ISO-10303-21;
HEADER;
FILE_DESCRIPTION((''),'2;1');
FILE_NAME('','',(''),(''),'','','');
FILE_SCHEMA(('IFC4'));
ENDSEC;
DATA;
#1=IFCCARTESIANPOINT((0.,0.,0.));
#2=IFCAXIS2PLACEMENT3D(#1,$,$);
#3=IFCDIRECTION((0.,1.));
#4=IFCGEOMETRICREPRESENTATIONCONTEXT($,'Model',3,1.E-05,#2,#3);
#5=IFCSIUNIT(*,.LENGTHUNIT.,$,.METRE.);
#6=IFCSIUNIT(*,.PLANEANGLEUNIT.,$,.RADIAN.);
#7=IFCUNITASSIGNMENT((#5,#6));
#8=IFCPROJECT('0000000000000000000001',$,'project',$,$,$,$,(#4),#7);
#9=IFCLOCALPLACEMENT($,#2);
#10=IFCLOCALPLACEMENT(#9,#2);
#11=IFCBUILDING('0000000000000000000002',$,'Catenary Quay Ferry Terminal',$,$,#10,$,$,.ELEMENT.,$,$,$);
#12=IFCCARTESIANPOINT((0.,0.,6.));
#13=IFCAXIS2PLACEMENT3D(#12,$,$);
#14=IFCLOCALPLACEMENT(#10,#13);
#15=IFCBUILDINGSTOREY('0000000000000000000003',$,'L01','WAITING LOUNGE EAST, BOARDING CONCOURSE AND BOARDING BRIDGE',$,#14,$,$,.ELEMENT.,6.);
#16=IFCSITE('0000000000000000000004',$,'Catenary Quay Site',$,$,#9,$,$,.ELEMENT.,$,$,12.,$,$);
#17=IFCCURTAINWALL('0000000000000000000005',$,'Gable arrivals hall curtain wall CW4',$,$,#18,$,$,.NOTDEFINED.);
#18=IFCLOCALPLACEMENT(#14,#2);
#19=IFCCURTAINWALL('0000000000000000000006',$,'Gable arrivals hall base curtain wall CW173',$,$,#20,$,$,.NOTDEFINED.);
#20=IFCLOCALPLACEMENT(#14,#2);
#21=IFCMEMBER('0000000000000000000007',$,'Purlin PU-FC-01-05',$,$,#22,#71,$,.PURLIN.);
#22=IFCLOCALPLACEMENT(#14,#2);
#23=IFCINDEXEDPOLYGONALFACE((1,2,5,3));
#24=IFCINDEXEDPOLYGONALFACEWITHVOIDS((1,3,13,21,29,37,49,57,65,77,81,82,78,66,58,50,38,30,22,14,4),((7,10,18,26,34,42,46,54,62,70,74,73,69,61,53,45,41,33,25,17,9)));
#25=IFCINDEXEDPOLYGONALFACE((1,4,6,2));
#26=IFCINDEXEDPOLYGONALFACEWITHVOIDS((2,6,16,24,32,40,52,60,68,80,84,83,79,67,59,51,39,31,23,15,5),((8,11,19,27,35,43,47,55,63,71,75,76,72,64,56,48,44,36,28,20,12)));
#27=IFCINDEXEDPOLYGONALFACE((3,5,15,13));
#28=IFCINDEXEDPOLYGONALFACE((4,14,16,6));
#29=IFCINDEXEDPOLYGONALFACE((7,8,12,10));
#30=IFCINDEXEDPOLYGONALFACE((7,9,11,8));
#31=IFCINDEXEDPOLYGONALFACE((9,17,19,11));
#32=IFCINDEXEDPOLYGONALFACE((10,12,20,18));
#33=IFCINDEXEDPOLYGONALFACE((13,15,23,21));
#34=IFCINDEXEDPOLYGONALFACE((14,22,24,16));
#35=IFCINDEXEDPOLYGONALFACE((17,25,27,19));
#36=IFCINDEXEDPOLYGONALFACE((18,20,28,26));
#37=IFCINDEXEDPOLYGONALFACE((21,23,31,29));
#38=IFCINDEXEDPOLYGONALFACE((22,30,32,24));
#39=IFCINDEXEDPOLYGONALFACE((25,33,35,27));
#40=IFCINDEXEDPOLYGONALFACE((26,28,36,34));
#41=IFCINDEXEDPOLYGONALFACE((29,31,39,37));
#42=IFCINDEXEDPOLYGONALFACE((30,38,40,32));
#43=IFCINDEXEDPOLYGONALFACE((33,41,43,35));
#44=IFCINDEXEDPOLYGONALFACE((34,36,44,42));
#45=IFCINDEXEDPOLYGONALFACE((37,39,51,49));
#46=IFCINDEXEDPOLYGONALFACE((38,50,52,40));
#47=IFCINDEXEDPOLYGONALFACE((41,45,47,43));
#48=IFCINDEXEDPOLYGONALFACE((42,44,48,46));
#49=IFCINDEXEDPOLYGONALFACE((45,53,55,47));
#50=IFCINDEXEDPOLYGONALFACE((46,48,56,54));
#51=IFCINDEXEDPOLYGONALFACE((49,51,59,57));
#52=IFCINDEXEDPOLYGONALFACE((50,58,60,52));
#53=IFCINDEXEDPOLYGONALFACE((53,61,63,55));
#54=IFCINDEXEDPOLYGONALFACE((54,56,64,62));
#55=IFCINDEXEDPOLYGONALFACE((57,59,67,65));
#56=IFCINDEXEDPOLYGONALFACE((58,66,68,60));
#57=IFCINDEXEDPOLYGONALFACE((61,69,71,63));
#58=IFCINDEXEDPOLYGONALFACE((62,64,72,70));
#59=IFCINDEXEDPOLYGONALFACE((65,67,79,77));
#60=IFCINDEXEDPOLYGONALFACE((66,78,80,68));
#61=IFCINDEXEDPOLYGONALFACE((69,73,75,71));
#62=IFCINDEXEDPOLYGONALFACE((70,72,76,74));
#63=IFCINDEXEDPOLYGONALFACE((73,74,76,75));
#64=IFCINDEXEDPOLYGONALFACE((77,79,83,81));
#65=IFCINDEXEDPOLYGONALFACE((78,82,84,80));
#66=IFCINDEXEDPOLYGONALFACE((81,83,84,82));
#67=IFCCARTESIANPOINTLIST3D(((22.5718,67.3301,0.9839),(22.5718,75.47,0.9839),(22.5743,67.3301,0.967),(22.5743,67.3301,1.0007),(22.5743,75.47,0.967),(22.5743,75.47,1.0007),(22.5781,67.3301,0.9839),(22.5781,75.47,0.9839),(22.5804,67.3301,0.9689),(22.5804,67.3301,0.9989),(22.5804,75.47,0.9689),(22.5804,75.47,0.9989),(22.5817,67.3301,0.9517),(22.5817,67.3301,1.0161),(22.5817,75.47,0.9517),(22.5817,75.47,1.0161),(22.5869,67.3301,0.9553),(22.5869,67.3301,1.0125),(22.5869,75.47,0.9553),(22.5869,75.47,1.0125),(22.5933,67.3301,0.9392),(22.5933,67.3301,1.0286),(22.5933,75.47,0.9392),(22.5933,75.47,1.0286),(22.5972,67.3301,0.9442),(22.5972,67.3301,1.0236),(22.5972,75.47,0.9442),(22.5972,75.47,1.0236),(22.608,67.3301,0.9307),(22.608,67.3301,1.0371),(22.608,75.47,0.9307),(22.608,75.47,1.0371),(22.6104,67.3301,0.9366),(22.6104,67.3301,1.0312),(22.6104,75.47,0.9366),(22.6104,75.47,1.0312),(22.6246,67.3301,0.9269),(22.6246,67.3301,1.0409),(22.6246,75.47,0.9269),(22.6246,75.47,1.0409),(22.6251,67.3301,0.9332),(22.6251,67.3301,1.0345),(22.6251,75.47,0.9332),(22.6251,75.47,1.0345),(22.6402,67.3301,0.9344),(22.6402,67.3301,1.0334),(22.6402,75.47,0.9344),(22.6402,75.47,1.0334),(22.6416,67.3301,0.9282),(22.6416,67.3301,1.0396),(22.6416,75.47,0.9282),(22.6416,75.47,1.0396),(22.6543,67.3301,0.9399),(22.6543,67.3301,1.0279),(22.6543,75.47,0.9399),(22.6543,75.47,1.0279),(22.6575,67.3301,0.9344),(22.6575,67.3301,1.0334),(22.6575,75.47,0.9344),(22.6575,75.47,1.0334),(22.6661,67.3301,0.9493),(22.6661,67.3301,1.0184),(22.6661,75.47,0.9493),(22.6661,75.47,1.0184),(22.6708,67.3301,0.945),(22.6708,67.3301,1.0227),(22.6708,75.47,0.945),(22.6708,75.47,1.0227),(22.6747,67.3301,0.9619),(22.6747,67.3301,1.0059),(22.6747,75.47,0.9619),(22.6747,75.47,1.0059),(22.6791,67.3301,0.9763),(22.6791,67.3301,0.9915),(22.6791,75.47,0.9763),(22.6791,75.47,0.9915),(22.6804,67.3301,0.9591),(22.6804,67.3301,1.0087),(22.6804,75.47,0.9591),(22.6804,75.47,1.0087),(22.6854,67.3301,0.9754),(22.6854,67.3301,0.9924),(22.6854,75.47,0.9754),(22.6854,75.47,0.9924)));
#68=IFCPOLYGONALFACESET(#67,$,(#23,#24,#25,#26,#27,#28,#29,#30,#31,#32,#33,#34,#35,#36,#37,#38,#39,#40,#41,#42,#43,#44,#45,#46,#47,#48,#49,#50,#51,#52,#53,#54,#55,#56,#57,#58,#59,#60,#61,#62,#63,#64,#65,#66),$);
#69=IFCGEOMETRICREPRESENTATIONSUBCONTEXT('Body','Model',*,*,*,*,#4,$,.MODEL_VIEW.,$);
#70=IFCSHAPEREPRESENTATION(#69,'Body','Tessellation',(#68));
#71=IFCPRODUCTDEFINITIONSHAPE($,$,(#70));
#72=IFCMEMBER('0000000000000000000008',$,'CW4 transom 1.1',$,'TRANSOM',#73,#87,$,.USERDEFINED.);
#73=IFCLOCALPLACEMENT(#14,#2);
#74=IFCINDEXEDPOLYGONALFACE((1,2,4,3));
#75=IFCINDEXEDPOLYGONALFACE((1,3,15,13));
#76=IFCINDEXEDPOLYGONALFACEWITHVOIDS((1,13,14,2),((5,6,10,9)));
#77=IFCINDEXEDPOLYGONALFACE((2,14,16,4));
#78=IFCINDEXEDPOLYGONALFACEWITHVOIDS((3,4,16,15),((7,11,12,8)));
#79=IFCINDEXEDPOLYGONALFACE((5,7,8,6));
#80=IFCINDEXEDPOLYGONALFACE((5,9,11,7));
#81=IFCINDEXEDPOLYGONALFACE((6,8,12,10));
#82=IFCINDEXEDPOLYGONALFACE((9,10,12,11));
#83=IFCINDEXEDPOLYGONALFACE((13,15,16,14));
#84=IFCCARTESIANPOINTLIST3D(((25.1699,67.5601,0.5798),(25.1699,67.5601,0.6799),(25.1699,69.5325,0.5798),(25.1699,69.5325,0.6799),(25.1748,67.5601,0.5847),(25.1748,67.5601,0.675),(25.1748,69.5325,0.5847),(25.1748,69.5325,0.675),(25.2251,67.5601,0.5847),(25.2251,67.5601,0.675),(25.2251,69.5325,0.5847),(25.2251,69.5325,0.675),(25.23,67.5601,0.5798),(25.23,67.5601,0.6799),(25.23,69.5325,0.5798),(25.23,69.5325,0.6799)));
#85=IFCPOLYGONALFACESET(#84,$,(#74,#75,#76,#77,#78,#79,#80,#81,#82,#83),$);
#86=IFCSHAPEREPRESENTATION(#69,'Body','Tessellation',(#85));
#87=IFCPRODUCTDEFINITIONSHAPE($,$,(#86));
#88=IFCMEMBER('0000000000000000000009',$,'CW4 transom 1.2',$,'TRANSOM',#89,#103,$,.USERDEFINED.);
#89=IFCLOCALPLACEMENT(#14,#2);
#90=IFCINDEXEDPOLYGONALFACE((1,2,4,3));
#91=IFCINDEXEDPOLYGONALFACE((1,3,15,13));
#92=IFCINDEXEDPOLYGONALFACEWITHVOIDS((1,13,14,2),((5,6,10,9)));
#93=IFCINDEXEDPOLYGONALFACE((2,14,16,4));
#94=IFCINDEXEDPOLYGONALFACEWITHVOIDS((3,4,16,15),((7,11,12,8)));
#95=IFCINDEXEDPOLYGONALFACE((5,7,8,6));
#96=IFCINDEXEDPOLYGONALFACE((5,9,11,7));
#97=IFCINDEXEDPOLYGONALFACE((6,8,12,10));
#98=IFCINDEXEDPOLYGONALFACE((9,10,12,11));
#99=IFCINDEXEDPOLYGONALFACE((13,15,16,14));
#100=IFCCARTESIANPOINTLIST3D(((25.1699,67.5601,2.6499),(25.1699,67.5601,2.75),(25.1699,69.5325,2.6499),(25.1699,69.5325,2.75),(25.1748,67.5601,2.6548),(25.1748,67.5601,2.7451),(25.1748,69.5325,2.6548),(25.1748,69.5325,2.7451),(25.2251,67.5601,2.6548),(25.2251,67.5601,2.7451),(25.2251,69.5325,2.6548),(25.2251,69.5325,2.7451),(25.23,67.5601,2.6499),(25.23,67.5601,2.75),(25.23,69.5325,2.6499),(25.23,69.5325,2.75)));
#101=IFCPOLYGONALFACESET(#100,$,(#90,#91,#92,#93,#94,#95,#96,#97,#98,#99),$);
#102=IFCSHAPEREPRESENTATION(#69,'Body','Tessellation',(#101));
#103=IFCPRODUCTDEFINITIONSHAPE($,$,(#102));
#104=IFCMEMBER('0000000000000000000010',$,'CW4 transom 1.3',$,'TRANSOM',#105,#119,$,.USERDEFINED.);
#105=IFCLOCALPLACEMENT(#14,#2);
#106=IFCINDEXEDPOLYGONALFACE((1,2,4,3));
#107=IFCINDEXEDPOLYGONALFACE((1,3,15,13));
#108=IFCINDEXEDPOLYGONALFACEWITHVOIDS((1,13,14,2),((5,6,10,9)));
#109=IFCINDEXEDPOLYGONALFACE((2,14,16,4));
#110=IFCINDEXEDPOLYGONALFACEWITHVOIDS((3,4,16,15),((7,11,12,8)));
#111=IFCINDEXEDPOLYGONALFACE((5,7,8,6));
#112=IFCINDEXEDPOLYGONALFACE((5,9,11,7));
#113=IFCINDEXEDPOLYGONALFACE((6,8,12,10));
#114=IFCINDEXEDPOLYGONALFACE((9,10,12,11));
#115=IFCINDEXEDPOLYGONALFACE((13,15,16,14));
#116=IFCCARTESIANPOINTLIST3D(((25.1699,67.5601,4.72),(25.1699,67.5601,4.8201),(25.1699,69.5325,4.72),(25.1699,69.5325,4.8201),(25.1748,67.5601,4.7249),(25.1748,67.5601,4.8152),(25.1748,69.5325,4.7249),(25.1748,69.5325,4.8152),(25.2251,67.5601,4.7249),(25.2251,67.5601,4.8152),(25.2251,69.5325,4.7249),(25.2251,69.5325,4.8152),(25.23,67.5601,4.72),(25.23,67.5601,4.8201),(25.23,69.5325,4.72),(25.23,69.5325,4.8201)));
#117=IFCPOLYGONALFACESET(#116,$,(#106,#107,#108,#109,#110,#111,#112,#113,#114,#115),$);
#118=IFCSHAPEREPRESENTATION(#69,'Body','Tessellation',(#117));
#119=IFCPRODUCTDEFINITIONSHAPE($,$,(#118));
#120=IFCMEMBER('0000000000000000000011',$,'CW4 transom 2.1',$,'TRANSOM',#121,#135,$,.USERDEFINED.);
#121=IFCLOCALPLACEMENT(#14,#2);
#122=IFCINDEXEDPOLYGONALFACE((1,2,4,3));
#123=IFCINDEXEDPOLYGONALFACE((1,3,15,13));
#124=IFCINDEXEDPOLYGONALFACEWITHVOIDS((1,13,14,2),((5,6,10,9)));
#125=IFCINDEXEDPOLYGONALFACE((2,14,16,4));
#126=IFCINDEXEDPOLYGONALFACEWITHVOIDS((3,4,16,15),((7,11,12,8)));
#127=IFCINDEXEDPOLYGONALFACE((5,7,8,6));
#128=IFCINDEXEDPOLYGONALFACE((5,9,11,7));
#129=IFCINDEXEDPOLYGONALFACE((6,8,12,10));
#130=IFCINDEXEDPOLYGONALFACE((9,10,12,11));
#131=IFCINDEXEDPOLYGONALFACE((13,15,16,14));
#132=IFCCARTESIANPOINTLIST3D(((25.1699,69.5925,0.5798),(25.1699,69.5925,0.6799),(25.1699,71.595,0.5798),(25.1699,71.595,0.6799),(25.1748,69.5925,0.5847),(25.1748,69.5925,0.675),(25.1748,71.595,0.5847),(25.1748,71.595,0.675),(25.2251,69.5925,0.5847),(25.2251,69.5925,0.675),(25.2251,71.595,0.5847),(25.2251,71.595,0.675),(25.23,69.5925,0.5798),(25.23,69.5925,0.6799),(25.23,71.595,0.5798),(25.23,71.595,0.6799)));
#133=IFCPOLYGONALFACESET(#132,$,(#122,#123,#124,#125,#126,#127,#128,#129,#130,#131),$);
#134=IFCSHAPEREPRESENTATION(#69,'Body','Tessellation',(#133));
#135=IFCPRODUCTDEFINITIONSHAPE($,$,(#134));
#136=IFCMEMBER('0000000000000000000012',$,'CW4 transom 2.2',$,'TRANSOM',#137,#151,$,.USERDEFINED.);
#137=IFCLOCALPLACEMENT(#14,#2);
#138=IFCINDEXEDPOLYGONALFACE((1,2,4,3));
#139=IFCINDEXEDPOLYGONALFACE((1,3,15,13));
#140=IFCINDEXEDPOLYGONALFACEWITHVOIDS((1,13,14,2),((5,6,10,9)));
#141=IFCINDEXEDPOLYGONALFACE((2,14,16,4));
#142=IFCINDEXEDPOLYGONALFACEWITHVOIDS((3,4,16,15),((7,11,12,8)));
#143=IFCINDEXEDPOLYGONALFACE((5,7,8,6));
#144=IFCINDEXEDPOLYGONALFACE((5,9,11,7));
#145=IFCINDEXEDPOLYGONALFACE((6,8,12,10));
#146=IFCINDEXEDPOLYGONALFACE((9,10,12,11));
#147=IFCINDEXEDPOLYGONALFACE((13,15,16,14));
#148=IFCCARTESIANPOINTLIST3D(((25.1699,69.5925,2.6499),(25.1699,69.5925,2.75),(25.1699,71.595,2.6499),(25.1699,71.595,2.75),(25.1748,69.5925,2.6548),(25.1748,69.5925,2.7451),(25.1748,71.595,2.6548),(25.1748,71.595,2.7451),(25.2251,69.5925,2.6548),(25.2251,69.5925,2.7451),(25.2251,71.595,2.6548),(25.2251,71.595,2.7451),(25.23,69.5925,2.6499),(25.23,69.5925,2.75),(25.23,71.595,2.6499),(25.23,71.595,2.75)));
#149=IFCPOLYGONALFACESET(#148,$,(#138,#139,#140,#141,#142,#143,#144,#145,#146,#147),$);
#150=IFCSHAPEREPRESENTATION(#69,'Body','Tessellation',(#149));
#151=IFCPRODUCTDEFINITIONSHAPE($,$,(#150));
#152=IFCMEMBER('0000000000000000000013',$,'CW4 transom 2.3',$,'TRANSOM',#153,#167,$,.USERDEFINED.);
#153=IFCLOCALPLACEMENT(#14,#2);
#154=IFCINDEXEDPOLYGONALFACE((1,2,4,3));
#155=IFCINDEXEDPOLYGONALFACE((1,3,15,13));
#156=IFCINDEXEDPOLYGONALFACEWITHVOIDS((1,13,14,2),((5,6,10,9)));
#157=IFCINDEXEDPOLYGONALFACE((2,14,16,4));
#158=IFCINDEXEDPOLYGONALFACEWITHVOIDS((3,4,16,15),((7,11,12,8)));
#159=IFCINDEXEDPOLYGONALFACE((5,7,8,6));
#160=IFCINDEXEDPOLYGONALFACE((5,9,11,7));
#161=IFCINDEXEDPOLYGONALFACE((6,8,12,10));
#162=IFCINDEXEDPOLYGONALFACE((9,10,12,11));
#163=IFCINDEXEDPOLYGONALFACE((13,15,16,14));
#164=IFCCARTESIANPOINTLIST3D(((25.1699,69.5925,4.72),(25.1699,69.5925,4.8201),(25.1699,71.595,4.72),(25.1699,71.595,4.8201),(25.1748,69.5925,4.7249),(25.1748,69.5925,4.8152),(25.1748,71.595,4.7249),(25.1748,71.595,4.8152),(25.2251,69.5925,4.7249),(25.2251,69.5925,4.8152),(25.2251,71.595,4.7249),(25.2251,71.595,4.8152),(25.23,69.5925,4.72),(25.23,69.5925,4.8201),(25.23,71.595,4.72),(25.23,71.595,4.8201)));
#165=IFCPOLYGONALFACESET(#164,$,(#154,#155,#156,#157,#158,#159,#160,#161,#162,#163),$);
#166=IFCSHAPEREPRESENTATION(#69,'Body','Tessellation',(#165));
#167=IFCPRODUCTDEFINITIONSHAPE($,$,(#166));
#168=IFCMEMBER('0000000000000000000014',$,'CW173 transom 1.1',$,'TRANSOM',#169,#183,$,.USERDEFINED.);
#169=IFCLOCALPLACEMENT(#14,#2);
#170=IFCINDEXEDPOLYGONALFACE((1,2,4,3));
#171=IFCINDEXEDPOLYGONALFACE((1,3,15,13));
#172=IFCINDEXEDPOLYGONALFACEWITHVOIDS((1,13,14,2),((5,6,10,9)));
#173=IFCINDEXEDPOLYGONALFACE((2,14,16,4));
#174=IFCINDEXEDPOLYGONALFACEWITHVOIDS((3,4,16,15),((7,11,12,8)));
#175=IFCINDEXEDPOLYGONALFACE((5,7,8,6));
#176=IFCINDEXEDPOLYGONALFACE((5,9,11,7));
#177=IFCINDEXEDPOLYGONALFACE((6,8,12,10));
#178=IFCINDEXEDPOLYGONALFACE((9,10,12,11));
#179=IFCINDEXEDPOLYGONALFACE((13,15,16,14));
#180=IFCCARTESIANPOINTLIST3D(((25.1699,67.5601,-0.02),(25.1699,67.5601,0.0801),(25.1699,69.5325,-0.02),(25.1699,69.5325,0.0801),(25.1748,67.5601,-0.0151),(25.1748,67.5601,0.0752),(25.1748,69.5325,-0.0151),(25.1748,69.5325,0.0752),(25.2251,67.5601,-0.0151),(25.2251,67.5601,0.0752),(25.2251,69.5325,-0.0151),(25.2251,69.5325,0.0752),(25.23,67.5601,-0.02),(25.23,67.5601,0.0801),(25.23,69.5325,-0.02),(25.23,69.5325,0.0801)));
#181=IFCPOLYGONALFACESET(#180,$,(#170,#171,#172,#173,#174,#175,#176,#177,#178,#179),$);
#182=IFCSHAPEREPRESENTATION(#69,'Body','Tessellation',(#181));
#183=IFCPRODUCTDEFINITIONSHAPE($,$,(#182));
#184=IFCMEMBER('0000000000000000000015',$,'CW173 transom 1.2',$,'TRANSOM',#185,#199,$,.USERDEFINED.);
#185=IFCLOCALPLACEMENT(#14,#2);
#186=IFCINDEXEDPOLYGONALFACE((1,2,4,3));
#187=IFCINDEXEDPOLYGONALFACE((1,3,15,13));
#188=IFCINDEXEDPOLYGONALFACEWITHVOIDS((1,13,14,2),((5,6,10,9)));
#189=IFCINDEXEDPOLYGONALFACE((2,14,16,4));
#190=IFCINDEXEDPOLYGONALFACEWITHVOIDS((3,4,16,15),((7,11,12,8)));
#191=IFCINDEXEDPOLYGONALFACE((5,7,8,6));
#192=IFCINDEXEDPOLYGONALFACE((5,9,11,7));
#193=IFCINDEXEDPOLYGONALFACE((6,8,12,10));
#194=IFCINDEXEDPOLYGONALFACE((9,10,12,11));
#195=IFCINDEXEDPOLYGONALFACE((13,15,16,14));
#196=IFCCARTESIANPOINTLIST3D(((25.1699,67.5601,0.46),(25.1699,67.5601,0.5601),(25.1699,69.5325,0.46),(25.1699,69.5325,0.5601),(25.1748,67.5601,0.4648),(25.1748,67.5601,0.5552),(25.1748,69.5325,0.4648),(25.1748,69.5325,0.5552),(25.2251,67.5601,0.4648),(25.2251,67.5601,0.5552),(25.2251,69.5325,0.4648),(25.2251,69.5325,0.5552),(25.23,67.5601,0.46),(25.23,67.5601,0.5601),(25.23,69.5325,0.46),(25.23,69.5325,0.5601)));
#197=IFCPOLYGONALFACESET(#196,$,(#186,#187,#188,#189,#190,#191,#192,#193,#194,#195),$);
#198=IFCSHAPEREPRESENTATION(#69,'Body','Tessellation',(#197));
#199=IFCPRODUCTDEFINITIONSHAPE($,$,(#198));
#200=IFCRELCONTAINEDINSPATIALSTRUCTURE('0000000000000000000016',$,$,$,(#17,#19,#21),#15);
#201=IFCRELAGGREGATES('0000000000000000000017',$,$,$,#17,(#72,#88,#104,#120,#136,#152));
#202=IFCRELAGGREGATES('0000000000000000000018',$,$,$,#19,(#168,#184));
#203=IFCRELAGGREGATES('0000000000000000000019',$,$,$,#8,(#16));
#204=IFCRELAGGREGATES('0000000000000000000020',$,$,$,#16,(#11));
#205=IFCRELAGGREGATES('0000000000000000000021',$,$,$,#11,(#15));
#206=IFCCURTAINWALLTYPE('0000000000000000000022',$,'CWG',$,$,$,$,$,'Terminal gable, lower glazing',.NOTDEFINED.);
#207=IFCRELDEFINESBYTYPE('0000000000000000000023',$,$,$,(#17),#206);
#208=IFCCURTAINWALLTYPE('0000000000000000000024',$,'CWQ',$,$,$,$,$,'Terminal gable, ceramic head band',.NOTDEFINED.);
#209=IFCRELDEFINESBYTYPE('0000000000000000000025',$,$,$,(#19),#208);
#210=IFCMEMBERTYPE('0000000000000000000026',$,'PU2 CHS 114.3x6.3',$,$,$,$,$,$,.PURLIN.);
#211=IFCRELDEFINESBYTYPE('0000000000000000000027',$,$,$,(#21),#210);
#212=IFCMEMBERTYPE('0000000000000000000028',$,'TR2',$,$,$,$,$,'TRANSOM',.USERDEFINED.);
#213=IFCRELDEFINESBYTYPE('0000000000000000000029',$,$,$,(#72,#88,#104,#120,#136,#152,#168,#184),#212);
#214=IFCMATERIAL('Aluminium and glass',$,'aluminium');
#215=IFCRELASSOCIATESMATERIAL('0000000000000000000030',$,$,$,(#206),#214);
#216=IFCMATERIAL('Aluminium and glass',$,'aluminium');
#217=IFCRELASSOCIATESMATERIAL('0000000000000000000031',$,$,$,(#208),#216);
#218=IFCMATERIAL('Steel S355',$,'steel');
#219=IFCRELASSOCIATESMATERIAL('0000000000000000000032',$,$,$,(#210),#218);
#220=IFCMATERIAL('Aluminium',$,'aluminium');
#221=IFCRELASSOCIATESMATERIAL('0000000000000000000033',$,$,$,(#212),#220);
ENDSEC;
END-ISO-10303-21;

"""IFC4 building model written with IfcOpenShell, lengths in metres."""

from ifc_helpers import new_model, si_unit, direction, frame, origin, origin_2d, place, context, subcontext, project, spatial, hollow_rectangle, hollow_circle, extrude, material, material_profile, profile_set, type_object, element, aggregate, save


model = new_model("IFC4")

# Units and contexts
model_context = context("Model", 3, precision=1e-05, world=origin(), true_north=direction((0.0, 1.0)))
body_context = subcontext(model_context, "Body", "Model", "MODEL_VIEW")
ifc_project = project(units=[si_unit("LENGTHUNIT", "METRE"), si_unit("PLANEANGLEUNIT", "RADIAN")], contexts=[model_context])

# Site, building, storey
site_placement = place(None, origin())
site = spatial("IfcSite", under=ifc_project, at=site_placement, Name="Catenary Quay Site", CompositionType="ELEMENT", RefElevation=12.0)
building_placement = place(site_placement, origin())
building = spatial("IfcBuilding", under=site, at=building_placement, Name="Catenary Quay Ferry Terminal", CompositionType="ELEMENT")
storey_placement = place(building_placement, frame((0.0, 0.0, 6.0)))
storey = spatial("IfcBuildingStorey", under=building, at=storey_placement, Name="L01", Description="WAITING LOUNGE EAST, BOARDING CONCOURSE AND BOARDING BRIDGE", CompositionType="ELEMENT", Elevation=6.0)

# Curtain walls
ifc_material_1 = material(Name="Aluminium and glass", Category="aluminium")
curtain_wall_type_1 = type_object("IfcCurtainWallType", Name="CWG", ElementType="Terminal gable, lower glazing", PredefinedType="NOTDEFINED", material=ifc_material_1)
curtain_wall_1_placement = place(storey_placement, origin())
curtain_wall_1 = element("IfcCurtainWall", 1, at=curtain_wall_1_placement, inside=storey, type_object=curtain_wall_type_1, Name="Gable arrivals hall curtain wall CW4", PredefinedType="NOTDEFINED")
ifc_material_2 = material(Name="Aluminium and glass", Category="aluminium")
curtain_wall_type_2 = type_object("IfcCurtainWallType", Name="CWQ", ElementType="Terminal gable, ceramic head band", PredefinedType="NOTDEFINED", material=ifc_material_2)
curtain_wall_2_placement = place(storey_placement, origin())
curtain_wall_2 = element("IfcCurtainWall", 2, at=curtain_wall_2_placement, inside=storey, type_object=curtain_wall_type_2, Name="Gable arrivals hall base curtain wall CW173", PredefinedType="NOTDEFINED")

# Member
ifc_material_3 = material(Name="Steel S355", Category="steel")
ifc_material_profile_1 = material_profile(ifc_material_3, hollow_circle(Radius=0.0571, WallThickness=0.0063, at=origin_2d()), Name="CHS 114.3x6.3")
ifc_profile_set_1 = profile_set([ifc_material_profile_1], Name="Steel S355")
member_type_1 = type_object("IfcMemberType", Name="PU2 CHS 114.3x6.3", PredefinedType="PURLIN", material=ifc_profile_set_1)
for number, where, z_axis, x_axis, name in (
    (3, (22.6289, 67.3301, 0.9839), (0.0, 1.0, 0.0), (-1.0, 0.0, 0.0), "Purlin PU-FC-01-05"),
):
    element("IfcMember", number, at=place(storey_placement, frame(where, z_axis=z_axis, x_axis=x_axis)), inside=storey, type_object=member_type_1, Name=name, PredefinedType="PURLIN", context=body_context, shape_type="SweptSolid", body=[
        extrude(hollow_circle(Radius=0.0571, WallThickness=0.0063, at=origin_2d()), origin(), (0.0, 0.0, 1.0), 8.1399),
    ])

# Members
ifc_material_4 = material(Name="Aluminium", Category="aluminium")
ifc_material_profile_2 = material_profile(ifc_material_4, hollow_rectangle(XDim=0.0601, YDim=0.1001, WallThickness=0.0049, at=origin_2d()), Name="TR2")
ifc_profile_set_2 = profile_set([ifc_material_profile_2], Name="Aluminium")
member_type_2 = type_object("IfcMemberType", Name="TR2", ElementType="TRANSOM", PredefinedType="USERDEFINED", material=ifc_profile_set_2)
member_1_placement = place(storey_placement, frame((25.2, 67.5601, 0.6299), z_axis=(0.0, 1.0, 0.0), x_axis=(-1.0, 0.0, 0.0)))
member_1 = element("IfcMember", 4, at=member_1_placement, type_object=member_type_2, Name="CW4 transom 1.1", ObjectType="TRANSOM", PredefinedType="USERDEFINED", context=body_context, shape_type="SweptSolid", body=[
    extrude(hollow_rectangle(XDim=0.0601, YDim=0.1001, WallThickness=0.0049, at=origin_2d()), origin(), (0.0, 0.0, 1.0), 1.9724),
])
member_2_placement = place(storey_placement, frame((25.2, 67.5601, 2.7), z_axis=(0.0, 1.0, 0.0), x_axis=(-1.0, 0.0, 0.0)))
member_2 = element("IfcMember", 5, at=member_2_placement, type_object=member_type_2, Name="CW4 transom 1.2", ObjectType="TRANSOM", PredefinedType="USERDEFINED", context=body_context, shape_type="SweptSolid", body=[
    extrude(hollow_rectangle(XDim=0.0601, YDim=0.1001, WallThickness=0.0049, at=origin_2d()), origin(), (0.0, 0.0, 1.0), 1.9724),
])
member_3_placement = place(storey_placement, frame((25.2, 67.5601, 4.77), z_axis=(0.0, 1.0, 0.0), x_axis=(-1.0, 0.0, 0.0)))
member_3 = element("IfcMember", 6, at=member_3_placement, type_object=member_type_2, Name="CW4 transom 1.3", ObjectType="TRANSOM", PredefinedType="USERDEFINED", context=body_context, shape_type="SweptSolid", body=[
    extrude(hollow_rectangle(XDim=0.0601, YDim=0.1001, WallThickness=0.0049, at=origin_2d()), origin(), (0.0, 0.0, 1.0), 1.9724),
])
member_4_placement = place(storey_placement, frame((25.2, 69.5925, 0.6299), z_axis=(0.0, 1.0, 0.0), x_axis=(-1.0, 0.0, 0.0)))
member_4 = element("IfcMember", 7, at=member_4_placement, type_object=member_type_2, Name="CW4 transom 2.1", ObjectType="TRANSOM", PredefinedType="USERDEFINED", context=body_context, shape_type="SweptSolid", body=[
    extrude(hollow_rectangle(XDim=0.0601, YDim=0.1001, WallThickness=0.0049, at=origin_2d()), origin(), (0.0, 0.0, 1.0), 2.0024),
])
member_5_placement = place(storey_placement, frame((25.2, 69.5925, 2.7), z_axis=(0.0, 1.0, 0.0), x_axis=(-1.0, 0.0, 0.0)))
member_5 = element("IfcMember", 8, at=member_5_placement, type_object=member_type_2, Name="CW4 transom 2.2", ObjectType="TRANSOM", PredefinedType="USERDEFINED", context=body_context, shape_type="SweptSolid", body=[
    extrude(hollow_rectangle(XDim=0.0601, YDim=0.1001, WallThickness=0.0049, at=origin_2d()), origin(), (0.0, 0.0, 1.0), 2.0024),
])
member_6_placement = place(storey_placement, frame((25.2, 69.5925, 4.77), z_axis=(0.0, 1.0, 0.0), x_axis=(-1.0, 0.0, 0.0)))
member_6 = element("IfcMember", 9, at=member_6_placement, type_object=member_type_2, Name="CW4 transom 2.3", ObjectType="TRANSOM", PredefinedType="USERDEFINED", context=body_context, shape_type="SweptSolid", body=[
    extrude(hollow_rectangle(XDim=0.0601, YDim=0.1001, WallThickness=0.0049, at=origin_2d()), origin(), (0.0, 0.0, 1.0), 2.0024),
])
member_7_placement = place(storey_placement, frame((25.2, 67.5601, 0.03), z_axis=(0.0, 1.0, 0.0), x_axis=(-1.0, 0.0, 0.0)))
member_7 = element("IfcMember", 10, at=member_7_placement, type_object=member_type_2, Name="CW173 transom 1.1", ObjectType="TRANSOM", PredefinedType="USERDEFINED", context=body_context, shape_type="SweptSolid", body=[
    extrude(hollow_rectangle(XDim=0.0601, YDim=0.1001, WallThickness=0.0049, at=origin_2d()), origin(), (0.0, 0.0, 1.0), 1.9724),
])
member_8_placement = place(storey_placement, frame((25.2, 67.5601, 0.51), z_axis=(0.0, 1.0, 0.0), x_axis=(-1.0, 0.0, 0.0)))
member_8 = element("IfcMember", 11, at=member_8_placement, type_object=member_type_2, Name="CW173 transom 1.2", ObjectType="TRANSOM", PredefinedType="USERDEFINED", context=body_context, shape_type="SweptSolid", body=[
    extrude(hollow_rectangle(XDim=0.0601, YDim=0.1001, WallThickness=0.0049, at=origin_2d()), origin(), (0.0, 0.0, 1.0), 1.9724),
])

aggregate(curtain_wall_1, [member_1, member_2, member_3, member_4, member_5, member_6])
aggregate(curtain_wall_2, [member_7, member_8])

save(model, "model.ifc")
